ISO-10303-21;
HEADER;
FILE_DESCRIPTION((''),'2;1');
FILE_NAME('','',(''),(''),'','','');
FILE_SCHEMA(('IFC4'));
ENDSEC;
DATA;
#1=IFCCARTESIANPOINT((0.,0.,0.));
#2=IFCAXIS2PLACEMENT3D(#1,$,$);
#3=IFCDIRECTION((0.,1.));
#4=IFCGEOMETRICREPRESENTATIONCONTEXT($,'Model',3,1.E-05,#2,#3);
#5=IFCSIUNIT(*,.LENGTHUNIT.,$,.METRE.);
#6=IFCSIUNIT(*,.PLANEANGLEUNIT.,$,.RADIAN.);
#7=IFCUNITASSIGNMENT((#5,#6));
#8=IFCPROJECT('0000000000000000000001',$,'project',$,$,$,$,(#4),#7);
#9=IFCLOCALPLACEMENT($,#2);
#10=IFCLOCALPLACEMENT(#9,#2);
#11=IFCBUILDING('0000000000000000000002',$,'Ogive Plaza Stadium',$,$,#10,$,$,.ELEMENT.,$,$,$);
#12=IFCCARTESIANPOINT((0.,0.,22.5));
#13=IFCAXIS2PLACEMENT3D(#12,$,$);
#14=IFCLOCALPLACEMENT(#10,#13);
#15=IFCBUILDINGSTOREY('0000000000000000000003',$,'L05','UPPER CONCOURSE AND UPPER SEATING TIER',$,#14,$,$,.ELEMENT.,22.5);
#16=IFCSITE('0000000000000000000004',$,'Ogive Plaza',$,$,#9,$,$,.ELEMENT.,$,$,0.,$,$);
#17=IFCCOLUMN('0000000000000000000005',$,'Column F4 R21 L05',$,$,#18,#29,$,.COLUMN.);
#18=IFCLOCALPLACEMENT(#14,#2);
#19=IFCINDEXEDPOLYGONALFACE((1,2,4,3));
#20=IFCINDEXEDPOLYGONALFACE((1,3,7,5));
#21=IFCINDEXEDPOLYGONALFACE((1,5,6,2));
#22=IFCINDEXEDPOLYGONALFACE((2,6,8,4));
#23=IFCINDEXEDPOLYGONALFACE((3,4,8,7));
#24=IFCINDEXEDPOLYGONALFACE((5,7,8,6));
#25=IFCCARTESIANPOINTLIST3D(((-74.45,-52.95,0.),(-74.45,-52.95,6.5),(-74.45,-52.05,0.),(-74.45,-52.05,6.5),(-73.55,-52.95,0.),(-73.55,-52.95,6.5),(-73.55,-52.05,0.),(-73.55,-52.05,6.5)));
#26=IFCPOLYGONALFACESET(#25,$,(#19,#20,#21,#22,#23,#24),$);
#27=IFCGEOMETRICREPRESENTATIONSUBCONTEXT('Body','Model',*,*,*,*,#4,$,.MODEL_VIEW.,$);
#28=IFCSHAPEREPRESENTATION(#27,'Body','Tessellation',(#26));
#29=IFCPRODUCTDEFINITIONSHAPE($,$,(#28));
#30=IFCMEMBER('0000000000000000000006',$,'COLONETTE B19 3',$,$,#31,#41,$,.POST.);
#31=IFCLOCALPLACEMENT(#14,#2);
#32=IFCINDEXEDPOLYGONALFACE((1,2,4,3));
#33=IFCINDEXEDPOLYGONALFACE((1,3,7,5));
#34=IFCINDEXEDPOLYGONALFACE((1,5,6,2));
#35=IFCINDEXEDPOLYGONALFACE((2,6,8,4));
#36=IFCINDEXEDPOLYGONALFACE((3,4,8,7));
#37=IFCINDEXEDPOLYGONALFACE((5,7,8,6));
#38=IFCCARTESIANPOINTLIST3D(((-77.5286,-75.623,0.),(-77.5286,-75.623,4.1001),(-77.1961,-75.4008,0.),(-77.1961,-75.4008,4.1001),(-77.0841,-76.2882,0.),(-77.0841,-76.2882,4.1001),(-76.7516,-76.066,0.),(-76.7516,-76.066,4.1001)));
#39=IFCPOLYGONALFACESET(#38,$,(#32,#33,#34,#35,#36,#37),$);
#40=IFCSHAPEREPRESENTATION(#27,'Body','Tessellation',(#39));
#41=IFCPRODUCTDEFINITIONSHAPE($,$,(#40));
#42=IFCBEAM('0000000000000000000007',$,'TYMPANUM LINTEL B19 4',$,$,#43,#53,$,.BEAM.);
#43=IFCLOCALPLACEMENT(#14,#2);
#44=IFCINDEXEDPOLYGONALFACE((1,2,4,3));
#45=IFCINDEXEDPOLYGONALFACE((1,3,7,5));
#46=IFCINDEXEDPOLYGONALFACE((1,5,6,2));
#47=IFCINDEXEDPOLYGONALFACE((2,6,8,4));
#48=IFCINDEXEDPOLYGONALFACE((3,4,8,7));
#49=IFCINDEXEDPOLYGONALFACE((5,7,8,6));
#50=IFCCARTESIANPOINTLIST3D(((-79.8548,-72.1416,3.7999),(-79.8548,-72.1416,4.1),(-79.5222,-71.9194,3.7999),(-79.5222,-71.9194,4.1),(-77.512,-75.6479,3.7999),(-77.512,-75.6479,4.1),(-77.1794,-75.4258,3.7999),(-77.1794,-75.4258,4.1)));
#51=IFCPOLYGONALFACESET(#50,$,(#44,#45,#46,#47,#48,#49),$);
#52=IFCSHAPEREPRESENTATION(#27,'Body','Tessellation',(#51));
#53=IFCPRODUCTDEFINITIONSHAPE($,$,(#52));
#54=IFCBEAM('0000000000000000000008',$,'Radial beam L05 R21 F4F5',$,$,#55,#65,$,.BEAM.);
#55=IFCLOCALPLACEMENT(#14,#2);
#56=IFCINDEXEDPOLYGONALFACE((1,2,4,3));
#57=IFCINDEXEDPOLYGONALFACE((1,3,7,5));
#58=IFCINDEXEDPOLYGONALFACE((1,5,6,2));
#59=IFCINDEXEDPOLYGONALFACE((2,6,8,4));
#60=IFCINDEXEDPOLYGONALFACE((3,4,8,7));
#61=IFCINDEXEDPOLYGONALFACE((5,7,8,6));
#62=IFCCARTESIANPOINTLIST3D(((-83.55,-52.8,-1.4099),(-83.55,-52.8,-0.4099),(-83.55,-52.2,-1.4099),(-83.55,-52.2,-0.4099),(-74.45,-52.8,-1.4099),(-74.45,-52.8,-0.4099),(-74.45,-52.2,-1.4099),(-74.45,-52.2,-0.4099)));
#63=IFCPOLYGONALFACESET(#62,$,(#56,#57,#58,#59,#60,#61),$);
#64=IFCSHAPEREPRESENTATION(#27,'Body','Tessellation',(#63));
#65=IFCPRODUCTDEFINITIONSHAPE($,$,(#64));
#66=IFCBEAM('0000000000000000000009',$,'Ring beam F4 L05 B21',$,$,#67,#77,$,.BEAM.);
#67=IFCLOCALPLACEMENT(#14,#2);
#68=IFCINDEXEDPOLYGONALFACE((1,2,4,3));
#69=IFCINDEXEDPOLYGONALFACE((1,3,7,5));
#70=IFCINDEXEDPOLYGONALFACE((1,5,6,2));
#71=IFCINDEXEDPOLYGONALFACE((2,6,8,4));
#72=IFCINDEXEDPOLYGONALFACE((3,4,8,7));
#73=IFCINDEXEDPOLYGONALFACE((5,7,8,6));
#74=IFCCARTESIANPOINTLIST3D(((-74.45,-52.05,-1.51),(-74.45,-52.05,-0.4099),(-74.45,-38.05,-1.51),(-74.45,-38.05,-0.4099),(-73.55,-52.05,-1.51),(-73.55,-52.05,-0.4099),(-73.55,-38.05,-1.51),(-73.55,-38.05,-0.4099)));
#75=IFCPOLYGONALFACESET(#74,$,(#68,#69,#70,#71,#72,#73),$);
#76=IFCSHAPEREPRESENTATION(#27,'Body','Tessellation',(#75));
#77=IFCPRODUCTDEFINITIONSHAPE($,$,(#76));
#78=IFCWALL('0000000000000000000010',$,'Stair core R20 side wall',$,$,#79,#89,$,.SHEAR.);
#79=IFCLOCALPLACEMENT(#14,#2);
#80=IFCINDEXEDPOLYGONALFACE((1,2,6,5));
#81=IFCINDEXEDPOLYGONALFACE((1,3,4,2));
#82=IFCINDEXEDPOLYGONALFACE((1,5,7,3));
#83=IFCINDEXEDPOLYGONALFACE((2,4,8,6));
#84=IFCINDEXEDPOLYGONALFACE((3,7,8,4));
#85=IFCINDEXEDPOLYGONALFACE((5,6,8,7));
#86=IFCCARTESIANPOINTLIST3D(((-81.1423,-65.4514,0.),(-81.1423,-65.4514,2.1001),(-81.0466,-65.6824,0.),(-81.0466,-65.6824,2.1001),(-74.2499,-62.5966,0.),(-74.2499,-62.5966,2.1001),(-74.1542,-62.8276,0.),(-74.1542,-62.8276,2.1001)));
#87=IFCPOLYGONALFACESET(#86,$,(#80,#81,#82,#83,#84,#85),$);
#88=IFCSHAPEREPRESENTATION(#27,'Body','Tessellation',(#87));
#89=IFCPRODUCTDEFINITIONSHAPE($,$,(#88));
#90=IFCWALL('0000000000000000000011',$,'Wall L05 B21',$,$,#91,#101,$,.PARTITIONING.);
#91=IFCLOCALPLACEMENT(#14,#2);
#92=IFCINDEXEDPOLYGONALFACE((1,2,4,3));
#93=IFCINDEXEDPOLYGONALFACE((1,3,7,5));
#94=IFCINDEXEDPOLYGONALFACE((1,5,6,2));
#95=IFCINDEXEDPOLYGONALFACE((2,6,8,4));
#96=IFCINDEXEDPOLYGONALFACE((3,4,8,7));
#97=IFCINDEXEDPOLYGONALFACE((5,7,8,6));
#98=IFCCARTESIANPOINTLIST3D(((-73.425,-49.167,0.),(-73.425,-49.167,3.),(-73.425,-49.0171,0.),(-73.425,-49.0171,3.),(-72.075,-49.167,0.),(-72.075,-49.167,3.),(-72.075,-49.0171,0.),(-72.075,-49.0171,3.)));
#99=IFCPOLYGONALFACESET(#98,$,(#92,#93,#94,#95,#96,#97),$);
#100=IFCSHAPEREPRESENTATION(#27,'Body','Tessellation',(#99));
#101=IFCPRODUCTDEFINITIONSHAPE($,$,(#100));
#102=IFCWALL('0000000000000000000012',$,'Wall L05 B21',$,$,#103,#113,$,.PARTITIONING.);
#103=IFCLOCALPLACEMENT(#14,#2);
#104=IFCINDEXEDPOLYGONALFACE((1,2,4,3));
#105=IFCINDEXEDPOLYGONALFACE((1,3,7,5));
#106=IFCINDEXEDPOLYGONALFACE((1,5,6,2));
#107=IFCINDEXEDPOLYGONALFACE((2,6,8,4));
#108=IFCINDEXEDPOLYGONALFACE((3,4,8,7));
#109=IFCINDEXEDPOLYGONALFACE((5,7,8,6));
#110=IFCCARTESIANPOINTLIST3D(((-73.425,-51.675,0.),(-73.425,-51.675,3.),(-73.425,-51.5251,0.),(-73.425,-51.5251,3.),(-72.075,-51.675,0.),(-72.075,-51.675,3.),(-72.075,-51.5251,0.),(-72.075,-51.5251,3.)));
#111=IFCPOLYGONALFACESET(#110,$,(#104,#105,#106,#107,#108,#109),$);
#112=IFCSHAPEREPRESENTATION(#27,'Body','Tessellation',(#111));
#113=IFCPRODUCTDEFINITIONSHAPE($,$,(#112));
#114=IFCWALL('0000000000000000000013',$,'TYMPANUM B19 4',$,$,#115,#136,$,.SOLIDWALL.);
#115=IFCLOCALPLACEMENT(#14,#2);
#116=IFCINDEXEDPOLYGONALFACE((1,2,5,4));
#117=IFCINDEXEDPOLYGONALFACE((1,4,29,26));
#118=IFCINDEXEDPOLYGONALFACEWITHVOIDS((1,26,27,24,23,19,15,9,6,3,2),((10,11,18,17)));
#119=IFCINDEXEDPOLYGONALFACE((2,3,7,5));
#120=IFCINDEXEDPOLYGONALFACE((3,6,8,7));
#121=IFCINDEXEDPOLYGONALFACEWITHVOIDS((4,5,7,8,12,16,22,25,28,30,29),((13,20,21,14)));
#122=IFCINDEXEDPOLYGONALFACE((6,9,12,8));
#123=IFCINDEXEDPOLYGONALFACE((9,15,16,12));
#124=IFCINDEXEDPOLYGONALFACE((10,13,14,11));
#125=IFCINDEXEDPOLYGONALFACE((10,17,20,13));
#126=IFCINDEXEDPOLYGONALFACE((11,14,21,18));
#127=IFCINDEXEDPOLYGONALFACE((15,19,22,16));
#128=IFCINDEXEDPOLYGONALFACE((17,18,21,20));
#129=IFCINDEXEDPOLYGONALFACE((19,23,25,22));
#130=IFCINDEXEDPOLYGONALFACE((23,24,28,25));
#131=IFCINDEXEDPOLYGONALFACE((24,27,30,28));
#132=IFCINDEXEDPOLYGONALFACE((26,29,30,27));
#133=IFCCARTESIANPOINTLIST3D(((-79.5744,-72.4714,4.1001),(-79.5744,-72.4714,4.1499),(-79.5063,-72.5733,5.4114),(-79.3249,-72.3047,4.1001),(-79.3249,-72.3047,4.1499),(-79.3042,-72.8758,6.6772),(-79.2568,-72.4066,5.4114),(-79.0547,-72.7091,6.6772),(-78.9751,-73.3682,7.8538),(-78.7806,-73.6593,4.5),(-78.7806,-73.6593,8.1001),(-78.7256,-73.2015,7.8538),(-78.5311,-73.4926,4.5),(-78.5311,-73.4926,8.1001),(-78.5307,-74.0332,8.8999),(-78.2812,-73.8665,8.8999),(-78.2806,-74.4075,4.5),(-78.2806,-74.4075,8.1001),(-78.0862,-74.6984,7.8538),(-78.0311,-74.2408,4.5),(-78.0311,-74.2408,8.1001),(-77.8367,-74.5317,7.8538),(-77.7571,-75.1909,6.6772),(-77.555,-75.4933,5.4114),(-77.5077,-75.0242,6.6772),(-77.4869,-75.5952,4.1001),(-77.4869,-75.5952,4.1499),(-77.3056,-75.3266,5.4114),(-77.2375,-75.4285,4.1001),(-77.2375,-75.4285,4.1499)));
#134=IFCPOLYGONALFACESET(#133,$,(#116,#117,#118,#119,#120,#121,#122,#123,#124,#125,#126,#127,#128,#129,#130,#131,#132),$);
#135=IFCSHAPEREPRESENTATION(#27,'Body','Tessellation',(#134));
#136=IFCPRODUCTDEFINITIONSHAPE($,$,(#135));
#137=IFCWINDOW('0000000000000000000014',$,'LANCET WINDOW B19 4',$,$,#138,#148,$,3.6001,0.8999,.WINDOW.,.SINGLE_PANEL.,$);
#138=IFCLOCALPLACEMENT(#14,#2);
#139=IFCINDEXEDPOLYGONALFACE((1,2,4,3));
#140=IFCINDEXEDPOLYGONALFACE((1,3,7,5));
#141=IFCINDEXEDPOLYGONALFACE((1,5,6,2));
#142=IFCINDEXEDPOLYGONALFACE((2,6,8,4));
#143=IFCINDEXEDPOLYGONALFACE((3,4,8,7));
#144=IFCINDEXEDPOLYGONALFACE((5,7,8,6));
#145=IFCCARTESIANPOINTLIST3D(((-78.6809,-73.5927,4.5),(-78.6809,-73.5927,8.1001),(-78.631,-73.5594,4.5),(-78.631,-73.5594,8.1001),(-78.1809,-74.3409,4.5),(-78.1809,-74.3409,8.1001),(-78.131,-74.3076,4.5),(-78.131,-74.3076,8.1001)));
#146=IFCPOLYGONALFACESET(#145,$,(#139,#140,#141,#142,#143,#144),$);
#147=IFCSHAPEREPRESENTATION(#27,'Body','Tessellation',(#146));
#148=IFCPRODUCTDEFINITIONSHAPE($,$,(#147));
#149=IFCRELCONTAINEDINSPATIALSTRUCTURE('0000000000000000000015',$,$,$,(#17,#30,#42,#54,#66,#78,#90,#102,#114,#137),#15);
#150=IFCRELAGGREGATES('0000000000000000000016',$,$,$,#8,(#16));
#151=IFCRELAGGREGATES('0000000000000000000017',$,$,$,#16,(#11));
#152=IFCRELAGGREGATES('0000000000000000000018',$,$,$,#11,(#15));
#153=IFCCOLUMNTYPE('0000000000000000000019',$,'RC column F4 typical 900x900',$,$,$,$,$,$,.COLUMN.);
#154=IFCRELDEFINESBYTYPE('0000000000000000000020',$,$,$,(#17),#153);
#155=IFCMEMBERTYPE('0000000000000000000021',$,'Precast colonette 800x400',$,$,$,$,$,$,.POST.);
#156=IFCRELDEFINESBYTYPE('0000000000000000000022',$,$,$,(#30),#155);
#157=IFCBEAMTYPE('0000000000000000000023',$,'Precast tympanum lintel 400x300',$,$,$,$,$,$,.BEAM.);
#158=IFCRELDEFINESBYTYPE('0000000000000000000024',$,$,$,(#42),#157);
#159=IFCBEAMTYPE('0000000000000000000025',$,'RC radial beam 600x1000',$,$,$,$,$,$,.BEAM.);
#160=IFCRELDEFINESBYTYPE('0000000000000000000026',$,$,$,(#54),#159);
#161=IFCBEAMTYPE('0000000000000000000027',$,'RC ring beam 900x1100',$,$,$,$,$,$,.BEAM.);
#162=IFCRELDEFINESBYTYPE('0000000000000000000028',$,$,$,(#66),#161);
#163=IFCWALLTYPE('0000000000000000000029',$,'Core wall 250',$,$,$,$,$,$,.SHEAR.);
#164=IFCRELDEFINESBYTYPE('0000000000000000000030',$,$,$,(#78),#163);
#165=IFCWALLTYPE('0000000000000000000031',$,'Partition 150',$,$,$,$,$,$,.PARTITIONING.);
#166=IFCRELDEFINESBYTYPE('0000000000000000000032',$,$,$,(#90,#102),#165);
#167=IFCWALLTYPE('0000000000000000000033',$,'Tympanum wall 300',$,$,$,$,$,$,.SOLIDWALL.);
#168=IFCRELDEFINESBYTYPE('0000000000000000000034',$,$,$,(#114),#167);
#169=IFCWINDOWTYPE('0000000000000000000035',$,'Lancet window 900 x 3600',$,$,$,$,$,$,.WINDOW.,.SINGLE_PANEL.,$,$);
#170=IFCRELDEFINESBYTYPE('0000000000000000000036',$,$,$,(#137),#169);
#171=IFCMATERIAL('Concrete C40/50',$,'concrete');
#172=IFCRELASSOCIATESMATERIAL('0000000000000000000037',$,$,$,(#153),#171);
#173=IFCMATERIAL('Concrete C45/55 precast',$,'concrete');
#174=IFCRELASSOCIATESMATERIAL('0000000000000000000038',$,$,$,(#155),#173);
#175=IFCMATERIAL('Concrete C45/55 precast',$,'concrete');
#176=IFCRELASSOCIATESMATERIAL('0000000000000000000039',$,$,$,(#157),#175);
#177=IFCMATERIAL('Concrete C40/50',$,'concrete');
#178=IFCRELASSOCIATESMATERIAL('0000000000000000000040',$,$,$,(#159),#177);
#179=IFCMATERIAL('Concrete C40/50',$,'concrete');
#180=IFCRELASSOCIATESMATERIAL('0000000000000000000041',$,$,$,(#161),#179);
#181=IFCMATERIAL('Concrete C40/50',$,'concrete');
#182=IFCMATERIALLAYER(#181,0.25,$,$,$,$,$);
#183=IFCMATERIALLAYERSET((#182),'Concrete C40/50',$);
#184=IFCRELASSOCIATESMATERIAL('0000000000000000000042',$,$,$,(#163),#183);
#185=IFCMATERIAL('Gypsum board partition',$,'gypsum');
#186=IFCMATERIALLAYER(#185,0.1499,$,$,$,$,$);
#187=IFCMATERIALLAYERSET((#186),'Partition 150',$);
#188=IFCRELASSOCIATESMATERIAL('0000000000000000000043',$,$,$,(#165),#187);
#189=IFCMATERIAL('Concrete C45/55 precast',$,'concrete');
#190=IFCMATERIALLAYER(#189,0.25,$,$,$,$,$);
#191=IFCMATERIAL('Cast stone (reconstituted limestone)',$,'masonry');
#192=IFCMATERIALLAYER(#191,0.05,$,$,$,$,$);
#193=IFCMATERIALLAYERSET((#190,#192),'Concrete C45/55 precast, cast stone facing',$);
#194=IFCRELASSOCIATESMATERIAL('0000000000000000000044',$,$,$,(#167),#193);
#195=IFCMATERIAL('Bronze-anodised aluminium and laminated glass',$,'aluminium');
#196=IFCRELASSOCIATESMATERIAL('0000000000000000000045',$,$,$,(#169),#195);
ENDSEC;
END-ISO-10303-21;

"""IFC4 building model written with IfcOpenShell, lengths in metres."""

from ifc_helpers import new_model, si_unit, direction, frame, frame_2d, origin, origin_2d, place, context, subcontext, project, spatial, polyline, rectangle, outline, extrude, material, layer, layer_set, material_profile, profile_set, type_object, element, fill, save


model = new_model("IFC4")

# Units and contexts
model_context = context("Model", 3, precision=1e-05, world=origin(), true_north=direction((0.0, 1.0)))
body_context = subcontext(model_context, "Body", "Model", "MODEL_VIEW")
ifc_project = project(units=[si_unit("LENGTHUNIT", "METRE"), si_unit("PLANEANGLEUNIT", "RADIAN")], contexts=[model_context])

# Site, building, storey
site_placement = place(None, origin())
site = spatial("IfcSite", under=ifc_project, at=site_placement, Name="Ogive Plaza", CompositionType="ELEMENT", RefElevation=0.0)
building_placement = place(site_placement, origin())
building = spatial("IfcBuilding", under=site, at=building_placement, Name="Ogive Plaza Stadium", CompositionType="ELEMENT")
storey_placement = place(building_placement, frame((0.0, 0.0, 22.5)))
storey = spatial("IfcBuildingStorey", under=building, at=storey_placement, Name="L05", Description="UPPER CONCOURSE AND UPPER SEATING TIER", CompositionType="ELEMENT", Elevation=22.5)

# Column
ifc_material_1 = material(Name="Concrete C40/50", Category="concrete")
ifc_material_profile_1 = material_profile(ifc_material_1, rectangle(XDim=0.8999, YDim=0.8999, at=origin_2d()), Name="RC 900x900")
ifc_profile_set_1 = profile_set([ifc_material_profile_1], Name="Concrete C40/50")
column_type = type_object("IfcColumnType", Name="RC column F4 typical 900x900", PredefinedType="COLUMN", material=ifc_profile_set_1)
column_placement = place(storey_placement, frame((-74.0, -52.5, 0.0), z_axis=(0.0, 0.0, 1.0), x_axis=(0.0, -1.0, 0.0)))
element("IfcColumn", 1, at=column_placement, inside=storey, type_object=column_type, Name="Column F4 R21 L05", PredefinedType="COLUMN", context=body_context, shape_type="SweptSolid", body=[
    extrude(rectangle(XDim=0.8999, YDim=0.8999, at=origin_2d()), origin(), (0.0, 0.0, 1.0), 6.5),
])

# Member
ifc_material_2 = material(Name="Concrete C45/55 precast", Category="concrete")
ifc_material_profile_2 = material_profile(ifc_material_2, rectangle(XDim=0.3999, YDim=0.8, at=origin_2d()), Name="RC 400x800")
ifc_profile_set_2 = profile_set([ifc_material_profile_2], Name="Concrete C45/55 precast")
member_type = type_object("IfcMemberType", Name="Precast colonette 800x400", PredefinedType="POST", material=ifc_profile_set_2)
member_placement = place(storey_placement, frame((-77.1401, -75.8445, 0.0), z_axis=(0.0, 0.0, 1.0), x_axis=(-0.83147, -0.55557, 0.0)))
element("IfcMember", 2, at=member_placement, inside=storey, type_object=member_type, Name="COLONETTE B19 3", PredefinedType="POST", context=body_context, shape_type="SweptSolid", body=[
    extrude(rectangle(XDim=0.3999, YDim=0.8, at=origin_2d()), origin(), (0.0, 0.0, 1.0), 4.1001),
])

# Beams
ifc_material_3 = material(Name="Concrete C45/55 precast", Category="concrete")
ifc_material_profile_3 = material_profile(ifc_material_3, rectangle(XDim=0.3999, YDim=0.3, at=origin_2d()), Name="RC 400x300")
ifc_profile_set_3 = profile_set([ifc_material_profile_3], Name="Concrete C45/55 precast")
beam_type_1 = type_object("IfcBeamType", Name="Precast tympanum lintel 400x300", PredefinedType="BEAM", material=ifc_profile_set_3)
beam_1_placement = place(storey_placement, frame((-77.3457, -75.5369, 3.95), z_axis=(-0.555555, 0.83148, 0.0), x_axis=(-0.83148, -0.555555, 0.0)))
element("IfcBeam", 3, at=beam_1_placement, inside=storey, type_object=beam_type_1, Name="TYMPANUM LINTEL B19 4", PredefinedType="BEAM", context=body_context, shape_type="SweptSolid", body=[
    extrude(rectangle(XDim=0.3999, YDim=0.3, at=origin_2d()), origin(), (0.0, 0.0, 1.0), 4.217),
])
ifc_material_4 = material(Name="Concrete C40/50", Category="concrete")
ifc_material_profile_4 = material_profile(ifc_material_4, rectangle(XDim=0.6001, YDim=1.0, at=origin_2d()), Name="RC 600x1000")
ifc_profile_set_4 = profile_set([ifc_material_profile_4], Name="Concrete C40/50")
beam_type_2 = type_object("IfcBeamType", Name="RC radial beam 600x1000", PredefinedType="BEAM", material=ifc_profile_set_4)
beam_2_placement = place(storey_placement, frame((-74.45, -52.5, -0.9099), z_axis=(-1.0, 0.0, 0.0), x_axis=(0.0, -1.0, 0.0)))
element("IfcBeam", 4, at=beam_2_placement, inside=storey, type_object=beam_type_2, Name="Radial beam L05 R21 F4F5", PredefinedType="BEAM", context=body_context, shape_type="SweptSolid", body=[
    extrude(rectangle(XDim=0.6001, YDim=1.0, at=origin_2d()), origin(), (0.0, 0.0, 1.0), 9.1001),
])
ifc_material_5 = material(Name="Concrete C40/50", Category="concrete")
ifc_material_profile_5 = material_profile(ifc_material_5, rectangle(XDim=0.8999, YDim=1.1001, at=origin_2d()), Name="RC 900x1100")
ifc_profile_set_5 = profile_set([ifc_material_profile_5], Name="Concrete C40/50")
beam_type_3 = type_object("IfcBeamType", Name="RC ring beam 900x1100", PredefinedType="BEAM", material=ifc_profile_set_5)
beam_3_placement = place(storey_placement, frame((-74.0, -52.05, -0.96), z_axis=(0.0, 1.0, 0.0), x_axis=(-1.0, 0.0, 0.0)))
element("IfcBeam", 5, at=beam_3_placement, inside=storey, type_object=beam_type_3, Name="Ring beam F4 L05 B21", PredefinedType="BEAM", context=body_context, shape_type="SweptSolid", body=[
    extrude(rectangle(XDim=0.8999, YDim=1.1001, at=origin_2d()), origin(), (0.0, 0.0, 1.0), 14.0),
])

# Shared definitions
ifc_material_6 = material(Name="Concrete C40/50", Category="concrete")
ifc_layer_1 = layer(ifc_material_6, 0.25)
ifc_layer_set_1 = layer_set([ifc_layer_1], Name="Concrete C40/50")
wall_type_1 = type_object("IfcWallType", Name="Core wall 250", PredefinedType="SHEAR", material=ifc_layer_set_1)

# Walls
wall_1_placement = place(storey_placement, frame((-74.2021, -62.7122, 0.0), z_axis=(0.0, 0.0, 1.0), x_axis=(-0.923887, -0.382665, 0.0)))
element("IfcWall", 6, at=wall_1_placement, inside=storey, type_object=wall_type_1, Name="Stair core R20 side wall", PredefinedType="SHEAR", context=body_context, shape_type="SweptSolid", body=[
    extrude(rectangle(XDim=7.4602, YDim=0.25, at=frame_2d((3.73, 0.0))), origin(), (0.0, 0.0, 1.0), 2.1001),
])
ifc_material_7 = material(Name="Gypsum board partition", Category="gypsum")
ifc_layer_2 = layer(ifc_material_7, 0.1499)
ifc_layer_set_2 = layer_set([ifc_layer_2], Name="Partition 150")
wall_type_2 = type_object("IfcWallType", Name="Partition 150", PredefinedType="PARTITIONING", material=ifc_layer_set_2)
for number, where, z_axis, x_axis, name in (
    (7, (-72.075, -49.092, 0.0), (0.0, 0.0, 1.0), (-1.0, 0.0, 0.0), "Wall L05 B21"),
    (8, (-72.075, -51.6001, 0.0), (0.0, 0.0, 1.0), (-1.0, 0.0, 0.0), "Wall L05 B21"),
):
    element("IfcWall", number, at=place(storey_placement, frame(where, z_axis=z_axis, x_axis=x_axis)), inside=storey, type_object=wall_type_2, Name=name, PredefinedType="PARTITIONING", context=body_context, shape_type="SweptSolid", body=[
        extrude(rectangle(XDim=1.3501, YDim=0.1499, at=frame_2d((0.675, 0.0))), origin(), (0.0, 0.0, 1.0), 3.0),
    ])

# Wall, opening, window
ifc_material_8 = material(Name="Concrete C45/55 precast", Category="concrete")
ifc_layer_3 = layer(ifc_material_8, 0.25)
ifc_material_9 = material(Name="Cast stone (reconstituted limestone)", Category="masonry")
ifc_layer_4 = layer(ifc_material_9, 0.05)
ifc_layer_set_3 = layer_set([ifc_layer_3, ifc_layer_4], Name="Concrete C45/55 precast, cast stone facing")
wall_type_3 = type_object("IfcWallType", Name="Tympanum wall 300", PredefinedType="SOLIDWALL", material=ifc_layer_set_3)
wall_2_placement = place(storey_placement, frame((-77.3623, -75.512, 4.1001), z_axis=(0.0, 0.0, 1.0), x_axis=(-0.5556, 0.83145, 0.0)))
wall_2 = element("IfcWall", 9, at=wall_2_placement, inside=storey, type_object=wall_type_3, Name="TYMPANUM B19 4", PredefinedType="SOLIDWALL", context=body_context, shape_type="SweptSolid", body=[
    extrude(outline(polyline([(0.0, 0.0), (3.7571, 0.0), (3.7571, 0.0498), (3.6345, 1.3113), (3.2708, 2.5771), (2.6785, 3.7537), (1.8787, 4.7998), (1.0786, 3.7537), (0.4863, 2.5771), (0.1226, 1.3113), (0.0, 0.0498), (0.0, 0.0)])), frame((0.0, 0.1499, 0.0), z_axis=(0.0, -1.0, 0.0), x_axis=(1.0, 0.0, 0.0)), (0.0, 0.0, 1.0), 0.3),
])
opening_1_placement = place(wall_2_placement, frame((1.4285, 0.0, 0.3999)))
opening_1 = element("IfcOpeningElement", 10, at=opening_1_placement, cuts=wall_2, PredefinedType="OPENING", context=body_context, shape_type="SweptSolid", body=[
    extrude(rectangle(XDim=0.8999, YDim=3.6001, at=frame_2d((0.45, 1.8))), frame((0.0, 0.1602, 0.0), z_axis=(0.0, -1.0, 0.0), x_axis=(1.0, 0.0, 0.0)), (0.0, 0.0, 1.0), 0.3201),
])
ifc_material_10 = material(Name="Bronze-anodised aluminium and laminated glass", Category="aluminium")
window_type = type_object("IfcWindowType", Name="Lancet window 900 x 3600", PartitioningType="SINGLE_PANEL", PredefinedType="WINDOW", material=ifc_material_10)
window_placement = place(opening_1_placement, origin())
window = element("IfcWindow", 11, at=window_placement, inside=storey, type_object=window_type, Name="LANCET WINDOW B19 4", OverallHeight=3.6001, OverallWidth=0.8999, PartitioningType="SINGLE_PANEL", PredefinedType="WINDOW", context=body_context, shape_type="SweptSolid", body=[
    extrude(rectangle(XDim=0.8999, YDim=3.6001, at=frame_2d((0.45, 1.8))), frame((0.0, 0.03, 0.0), z_axis=(0.0, -1.0, 0.0), x_axis=(1.0, 0.0, 0.0)), (0.0, 0.0, 1.0), 0.0601),
])
fill(opening_1, window)

save(model, "model.ifc")
